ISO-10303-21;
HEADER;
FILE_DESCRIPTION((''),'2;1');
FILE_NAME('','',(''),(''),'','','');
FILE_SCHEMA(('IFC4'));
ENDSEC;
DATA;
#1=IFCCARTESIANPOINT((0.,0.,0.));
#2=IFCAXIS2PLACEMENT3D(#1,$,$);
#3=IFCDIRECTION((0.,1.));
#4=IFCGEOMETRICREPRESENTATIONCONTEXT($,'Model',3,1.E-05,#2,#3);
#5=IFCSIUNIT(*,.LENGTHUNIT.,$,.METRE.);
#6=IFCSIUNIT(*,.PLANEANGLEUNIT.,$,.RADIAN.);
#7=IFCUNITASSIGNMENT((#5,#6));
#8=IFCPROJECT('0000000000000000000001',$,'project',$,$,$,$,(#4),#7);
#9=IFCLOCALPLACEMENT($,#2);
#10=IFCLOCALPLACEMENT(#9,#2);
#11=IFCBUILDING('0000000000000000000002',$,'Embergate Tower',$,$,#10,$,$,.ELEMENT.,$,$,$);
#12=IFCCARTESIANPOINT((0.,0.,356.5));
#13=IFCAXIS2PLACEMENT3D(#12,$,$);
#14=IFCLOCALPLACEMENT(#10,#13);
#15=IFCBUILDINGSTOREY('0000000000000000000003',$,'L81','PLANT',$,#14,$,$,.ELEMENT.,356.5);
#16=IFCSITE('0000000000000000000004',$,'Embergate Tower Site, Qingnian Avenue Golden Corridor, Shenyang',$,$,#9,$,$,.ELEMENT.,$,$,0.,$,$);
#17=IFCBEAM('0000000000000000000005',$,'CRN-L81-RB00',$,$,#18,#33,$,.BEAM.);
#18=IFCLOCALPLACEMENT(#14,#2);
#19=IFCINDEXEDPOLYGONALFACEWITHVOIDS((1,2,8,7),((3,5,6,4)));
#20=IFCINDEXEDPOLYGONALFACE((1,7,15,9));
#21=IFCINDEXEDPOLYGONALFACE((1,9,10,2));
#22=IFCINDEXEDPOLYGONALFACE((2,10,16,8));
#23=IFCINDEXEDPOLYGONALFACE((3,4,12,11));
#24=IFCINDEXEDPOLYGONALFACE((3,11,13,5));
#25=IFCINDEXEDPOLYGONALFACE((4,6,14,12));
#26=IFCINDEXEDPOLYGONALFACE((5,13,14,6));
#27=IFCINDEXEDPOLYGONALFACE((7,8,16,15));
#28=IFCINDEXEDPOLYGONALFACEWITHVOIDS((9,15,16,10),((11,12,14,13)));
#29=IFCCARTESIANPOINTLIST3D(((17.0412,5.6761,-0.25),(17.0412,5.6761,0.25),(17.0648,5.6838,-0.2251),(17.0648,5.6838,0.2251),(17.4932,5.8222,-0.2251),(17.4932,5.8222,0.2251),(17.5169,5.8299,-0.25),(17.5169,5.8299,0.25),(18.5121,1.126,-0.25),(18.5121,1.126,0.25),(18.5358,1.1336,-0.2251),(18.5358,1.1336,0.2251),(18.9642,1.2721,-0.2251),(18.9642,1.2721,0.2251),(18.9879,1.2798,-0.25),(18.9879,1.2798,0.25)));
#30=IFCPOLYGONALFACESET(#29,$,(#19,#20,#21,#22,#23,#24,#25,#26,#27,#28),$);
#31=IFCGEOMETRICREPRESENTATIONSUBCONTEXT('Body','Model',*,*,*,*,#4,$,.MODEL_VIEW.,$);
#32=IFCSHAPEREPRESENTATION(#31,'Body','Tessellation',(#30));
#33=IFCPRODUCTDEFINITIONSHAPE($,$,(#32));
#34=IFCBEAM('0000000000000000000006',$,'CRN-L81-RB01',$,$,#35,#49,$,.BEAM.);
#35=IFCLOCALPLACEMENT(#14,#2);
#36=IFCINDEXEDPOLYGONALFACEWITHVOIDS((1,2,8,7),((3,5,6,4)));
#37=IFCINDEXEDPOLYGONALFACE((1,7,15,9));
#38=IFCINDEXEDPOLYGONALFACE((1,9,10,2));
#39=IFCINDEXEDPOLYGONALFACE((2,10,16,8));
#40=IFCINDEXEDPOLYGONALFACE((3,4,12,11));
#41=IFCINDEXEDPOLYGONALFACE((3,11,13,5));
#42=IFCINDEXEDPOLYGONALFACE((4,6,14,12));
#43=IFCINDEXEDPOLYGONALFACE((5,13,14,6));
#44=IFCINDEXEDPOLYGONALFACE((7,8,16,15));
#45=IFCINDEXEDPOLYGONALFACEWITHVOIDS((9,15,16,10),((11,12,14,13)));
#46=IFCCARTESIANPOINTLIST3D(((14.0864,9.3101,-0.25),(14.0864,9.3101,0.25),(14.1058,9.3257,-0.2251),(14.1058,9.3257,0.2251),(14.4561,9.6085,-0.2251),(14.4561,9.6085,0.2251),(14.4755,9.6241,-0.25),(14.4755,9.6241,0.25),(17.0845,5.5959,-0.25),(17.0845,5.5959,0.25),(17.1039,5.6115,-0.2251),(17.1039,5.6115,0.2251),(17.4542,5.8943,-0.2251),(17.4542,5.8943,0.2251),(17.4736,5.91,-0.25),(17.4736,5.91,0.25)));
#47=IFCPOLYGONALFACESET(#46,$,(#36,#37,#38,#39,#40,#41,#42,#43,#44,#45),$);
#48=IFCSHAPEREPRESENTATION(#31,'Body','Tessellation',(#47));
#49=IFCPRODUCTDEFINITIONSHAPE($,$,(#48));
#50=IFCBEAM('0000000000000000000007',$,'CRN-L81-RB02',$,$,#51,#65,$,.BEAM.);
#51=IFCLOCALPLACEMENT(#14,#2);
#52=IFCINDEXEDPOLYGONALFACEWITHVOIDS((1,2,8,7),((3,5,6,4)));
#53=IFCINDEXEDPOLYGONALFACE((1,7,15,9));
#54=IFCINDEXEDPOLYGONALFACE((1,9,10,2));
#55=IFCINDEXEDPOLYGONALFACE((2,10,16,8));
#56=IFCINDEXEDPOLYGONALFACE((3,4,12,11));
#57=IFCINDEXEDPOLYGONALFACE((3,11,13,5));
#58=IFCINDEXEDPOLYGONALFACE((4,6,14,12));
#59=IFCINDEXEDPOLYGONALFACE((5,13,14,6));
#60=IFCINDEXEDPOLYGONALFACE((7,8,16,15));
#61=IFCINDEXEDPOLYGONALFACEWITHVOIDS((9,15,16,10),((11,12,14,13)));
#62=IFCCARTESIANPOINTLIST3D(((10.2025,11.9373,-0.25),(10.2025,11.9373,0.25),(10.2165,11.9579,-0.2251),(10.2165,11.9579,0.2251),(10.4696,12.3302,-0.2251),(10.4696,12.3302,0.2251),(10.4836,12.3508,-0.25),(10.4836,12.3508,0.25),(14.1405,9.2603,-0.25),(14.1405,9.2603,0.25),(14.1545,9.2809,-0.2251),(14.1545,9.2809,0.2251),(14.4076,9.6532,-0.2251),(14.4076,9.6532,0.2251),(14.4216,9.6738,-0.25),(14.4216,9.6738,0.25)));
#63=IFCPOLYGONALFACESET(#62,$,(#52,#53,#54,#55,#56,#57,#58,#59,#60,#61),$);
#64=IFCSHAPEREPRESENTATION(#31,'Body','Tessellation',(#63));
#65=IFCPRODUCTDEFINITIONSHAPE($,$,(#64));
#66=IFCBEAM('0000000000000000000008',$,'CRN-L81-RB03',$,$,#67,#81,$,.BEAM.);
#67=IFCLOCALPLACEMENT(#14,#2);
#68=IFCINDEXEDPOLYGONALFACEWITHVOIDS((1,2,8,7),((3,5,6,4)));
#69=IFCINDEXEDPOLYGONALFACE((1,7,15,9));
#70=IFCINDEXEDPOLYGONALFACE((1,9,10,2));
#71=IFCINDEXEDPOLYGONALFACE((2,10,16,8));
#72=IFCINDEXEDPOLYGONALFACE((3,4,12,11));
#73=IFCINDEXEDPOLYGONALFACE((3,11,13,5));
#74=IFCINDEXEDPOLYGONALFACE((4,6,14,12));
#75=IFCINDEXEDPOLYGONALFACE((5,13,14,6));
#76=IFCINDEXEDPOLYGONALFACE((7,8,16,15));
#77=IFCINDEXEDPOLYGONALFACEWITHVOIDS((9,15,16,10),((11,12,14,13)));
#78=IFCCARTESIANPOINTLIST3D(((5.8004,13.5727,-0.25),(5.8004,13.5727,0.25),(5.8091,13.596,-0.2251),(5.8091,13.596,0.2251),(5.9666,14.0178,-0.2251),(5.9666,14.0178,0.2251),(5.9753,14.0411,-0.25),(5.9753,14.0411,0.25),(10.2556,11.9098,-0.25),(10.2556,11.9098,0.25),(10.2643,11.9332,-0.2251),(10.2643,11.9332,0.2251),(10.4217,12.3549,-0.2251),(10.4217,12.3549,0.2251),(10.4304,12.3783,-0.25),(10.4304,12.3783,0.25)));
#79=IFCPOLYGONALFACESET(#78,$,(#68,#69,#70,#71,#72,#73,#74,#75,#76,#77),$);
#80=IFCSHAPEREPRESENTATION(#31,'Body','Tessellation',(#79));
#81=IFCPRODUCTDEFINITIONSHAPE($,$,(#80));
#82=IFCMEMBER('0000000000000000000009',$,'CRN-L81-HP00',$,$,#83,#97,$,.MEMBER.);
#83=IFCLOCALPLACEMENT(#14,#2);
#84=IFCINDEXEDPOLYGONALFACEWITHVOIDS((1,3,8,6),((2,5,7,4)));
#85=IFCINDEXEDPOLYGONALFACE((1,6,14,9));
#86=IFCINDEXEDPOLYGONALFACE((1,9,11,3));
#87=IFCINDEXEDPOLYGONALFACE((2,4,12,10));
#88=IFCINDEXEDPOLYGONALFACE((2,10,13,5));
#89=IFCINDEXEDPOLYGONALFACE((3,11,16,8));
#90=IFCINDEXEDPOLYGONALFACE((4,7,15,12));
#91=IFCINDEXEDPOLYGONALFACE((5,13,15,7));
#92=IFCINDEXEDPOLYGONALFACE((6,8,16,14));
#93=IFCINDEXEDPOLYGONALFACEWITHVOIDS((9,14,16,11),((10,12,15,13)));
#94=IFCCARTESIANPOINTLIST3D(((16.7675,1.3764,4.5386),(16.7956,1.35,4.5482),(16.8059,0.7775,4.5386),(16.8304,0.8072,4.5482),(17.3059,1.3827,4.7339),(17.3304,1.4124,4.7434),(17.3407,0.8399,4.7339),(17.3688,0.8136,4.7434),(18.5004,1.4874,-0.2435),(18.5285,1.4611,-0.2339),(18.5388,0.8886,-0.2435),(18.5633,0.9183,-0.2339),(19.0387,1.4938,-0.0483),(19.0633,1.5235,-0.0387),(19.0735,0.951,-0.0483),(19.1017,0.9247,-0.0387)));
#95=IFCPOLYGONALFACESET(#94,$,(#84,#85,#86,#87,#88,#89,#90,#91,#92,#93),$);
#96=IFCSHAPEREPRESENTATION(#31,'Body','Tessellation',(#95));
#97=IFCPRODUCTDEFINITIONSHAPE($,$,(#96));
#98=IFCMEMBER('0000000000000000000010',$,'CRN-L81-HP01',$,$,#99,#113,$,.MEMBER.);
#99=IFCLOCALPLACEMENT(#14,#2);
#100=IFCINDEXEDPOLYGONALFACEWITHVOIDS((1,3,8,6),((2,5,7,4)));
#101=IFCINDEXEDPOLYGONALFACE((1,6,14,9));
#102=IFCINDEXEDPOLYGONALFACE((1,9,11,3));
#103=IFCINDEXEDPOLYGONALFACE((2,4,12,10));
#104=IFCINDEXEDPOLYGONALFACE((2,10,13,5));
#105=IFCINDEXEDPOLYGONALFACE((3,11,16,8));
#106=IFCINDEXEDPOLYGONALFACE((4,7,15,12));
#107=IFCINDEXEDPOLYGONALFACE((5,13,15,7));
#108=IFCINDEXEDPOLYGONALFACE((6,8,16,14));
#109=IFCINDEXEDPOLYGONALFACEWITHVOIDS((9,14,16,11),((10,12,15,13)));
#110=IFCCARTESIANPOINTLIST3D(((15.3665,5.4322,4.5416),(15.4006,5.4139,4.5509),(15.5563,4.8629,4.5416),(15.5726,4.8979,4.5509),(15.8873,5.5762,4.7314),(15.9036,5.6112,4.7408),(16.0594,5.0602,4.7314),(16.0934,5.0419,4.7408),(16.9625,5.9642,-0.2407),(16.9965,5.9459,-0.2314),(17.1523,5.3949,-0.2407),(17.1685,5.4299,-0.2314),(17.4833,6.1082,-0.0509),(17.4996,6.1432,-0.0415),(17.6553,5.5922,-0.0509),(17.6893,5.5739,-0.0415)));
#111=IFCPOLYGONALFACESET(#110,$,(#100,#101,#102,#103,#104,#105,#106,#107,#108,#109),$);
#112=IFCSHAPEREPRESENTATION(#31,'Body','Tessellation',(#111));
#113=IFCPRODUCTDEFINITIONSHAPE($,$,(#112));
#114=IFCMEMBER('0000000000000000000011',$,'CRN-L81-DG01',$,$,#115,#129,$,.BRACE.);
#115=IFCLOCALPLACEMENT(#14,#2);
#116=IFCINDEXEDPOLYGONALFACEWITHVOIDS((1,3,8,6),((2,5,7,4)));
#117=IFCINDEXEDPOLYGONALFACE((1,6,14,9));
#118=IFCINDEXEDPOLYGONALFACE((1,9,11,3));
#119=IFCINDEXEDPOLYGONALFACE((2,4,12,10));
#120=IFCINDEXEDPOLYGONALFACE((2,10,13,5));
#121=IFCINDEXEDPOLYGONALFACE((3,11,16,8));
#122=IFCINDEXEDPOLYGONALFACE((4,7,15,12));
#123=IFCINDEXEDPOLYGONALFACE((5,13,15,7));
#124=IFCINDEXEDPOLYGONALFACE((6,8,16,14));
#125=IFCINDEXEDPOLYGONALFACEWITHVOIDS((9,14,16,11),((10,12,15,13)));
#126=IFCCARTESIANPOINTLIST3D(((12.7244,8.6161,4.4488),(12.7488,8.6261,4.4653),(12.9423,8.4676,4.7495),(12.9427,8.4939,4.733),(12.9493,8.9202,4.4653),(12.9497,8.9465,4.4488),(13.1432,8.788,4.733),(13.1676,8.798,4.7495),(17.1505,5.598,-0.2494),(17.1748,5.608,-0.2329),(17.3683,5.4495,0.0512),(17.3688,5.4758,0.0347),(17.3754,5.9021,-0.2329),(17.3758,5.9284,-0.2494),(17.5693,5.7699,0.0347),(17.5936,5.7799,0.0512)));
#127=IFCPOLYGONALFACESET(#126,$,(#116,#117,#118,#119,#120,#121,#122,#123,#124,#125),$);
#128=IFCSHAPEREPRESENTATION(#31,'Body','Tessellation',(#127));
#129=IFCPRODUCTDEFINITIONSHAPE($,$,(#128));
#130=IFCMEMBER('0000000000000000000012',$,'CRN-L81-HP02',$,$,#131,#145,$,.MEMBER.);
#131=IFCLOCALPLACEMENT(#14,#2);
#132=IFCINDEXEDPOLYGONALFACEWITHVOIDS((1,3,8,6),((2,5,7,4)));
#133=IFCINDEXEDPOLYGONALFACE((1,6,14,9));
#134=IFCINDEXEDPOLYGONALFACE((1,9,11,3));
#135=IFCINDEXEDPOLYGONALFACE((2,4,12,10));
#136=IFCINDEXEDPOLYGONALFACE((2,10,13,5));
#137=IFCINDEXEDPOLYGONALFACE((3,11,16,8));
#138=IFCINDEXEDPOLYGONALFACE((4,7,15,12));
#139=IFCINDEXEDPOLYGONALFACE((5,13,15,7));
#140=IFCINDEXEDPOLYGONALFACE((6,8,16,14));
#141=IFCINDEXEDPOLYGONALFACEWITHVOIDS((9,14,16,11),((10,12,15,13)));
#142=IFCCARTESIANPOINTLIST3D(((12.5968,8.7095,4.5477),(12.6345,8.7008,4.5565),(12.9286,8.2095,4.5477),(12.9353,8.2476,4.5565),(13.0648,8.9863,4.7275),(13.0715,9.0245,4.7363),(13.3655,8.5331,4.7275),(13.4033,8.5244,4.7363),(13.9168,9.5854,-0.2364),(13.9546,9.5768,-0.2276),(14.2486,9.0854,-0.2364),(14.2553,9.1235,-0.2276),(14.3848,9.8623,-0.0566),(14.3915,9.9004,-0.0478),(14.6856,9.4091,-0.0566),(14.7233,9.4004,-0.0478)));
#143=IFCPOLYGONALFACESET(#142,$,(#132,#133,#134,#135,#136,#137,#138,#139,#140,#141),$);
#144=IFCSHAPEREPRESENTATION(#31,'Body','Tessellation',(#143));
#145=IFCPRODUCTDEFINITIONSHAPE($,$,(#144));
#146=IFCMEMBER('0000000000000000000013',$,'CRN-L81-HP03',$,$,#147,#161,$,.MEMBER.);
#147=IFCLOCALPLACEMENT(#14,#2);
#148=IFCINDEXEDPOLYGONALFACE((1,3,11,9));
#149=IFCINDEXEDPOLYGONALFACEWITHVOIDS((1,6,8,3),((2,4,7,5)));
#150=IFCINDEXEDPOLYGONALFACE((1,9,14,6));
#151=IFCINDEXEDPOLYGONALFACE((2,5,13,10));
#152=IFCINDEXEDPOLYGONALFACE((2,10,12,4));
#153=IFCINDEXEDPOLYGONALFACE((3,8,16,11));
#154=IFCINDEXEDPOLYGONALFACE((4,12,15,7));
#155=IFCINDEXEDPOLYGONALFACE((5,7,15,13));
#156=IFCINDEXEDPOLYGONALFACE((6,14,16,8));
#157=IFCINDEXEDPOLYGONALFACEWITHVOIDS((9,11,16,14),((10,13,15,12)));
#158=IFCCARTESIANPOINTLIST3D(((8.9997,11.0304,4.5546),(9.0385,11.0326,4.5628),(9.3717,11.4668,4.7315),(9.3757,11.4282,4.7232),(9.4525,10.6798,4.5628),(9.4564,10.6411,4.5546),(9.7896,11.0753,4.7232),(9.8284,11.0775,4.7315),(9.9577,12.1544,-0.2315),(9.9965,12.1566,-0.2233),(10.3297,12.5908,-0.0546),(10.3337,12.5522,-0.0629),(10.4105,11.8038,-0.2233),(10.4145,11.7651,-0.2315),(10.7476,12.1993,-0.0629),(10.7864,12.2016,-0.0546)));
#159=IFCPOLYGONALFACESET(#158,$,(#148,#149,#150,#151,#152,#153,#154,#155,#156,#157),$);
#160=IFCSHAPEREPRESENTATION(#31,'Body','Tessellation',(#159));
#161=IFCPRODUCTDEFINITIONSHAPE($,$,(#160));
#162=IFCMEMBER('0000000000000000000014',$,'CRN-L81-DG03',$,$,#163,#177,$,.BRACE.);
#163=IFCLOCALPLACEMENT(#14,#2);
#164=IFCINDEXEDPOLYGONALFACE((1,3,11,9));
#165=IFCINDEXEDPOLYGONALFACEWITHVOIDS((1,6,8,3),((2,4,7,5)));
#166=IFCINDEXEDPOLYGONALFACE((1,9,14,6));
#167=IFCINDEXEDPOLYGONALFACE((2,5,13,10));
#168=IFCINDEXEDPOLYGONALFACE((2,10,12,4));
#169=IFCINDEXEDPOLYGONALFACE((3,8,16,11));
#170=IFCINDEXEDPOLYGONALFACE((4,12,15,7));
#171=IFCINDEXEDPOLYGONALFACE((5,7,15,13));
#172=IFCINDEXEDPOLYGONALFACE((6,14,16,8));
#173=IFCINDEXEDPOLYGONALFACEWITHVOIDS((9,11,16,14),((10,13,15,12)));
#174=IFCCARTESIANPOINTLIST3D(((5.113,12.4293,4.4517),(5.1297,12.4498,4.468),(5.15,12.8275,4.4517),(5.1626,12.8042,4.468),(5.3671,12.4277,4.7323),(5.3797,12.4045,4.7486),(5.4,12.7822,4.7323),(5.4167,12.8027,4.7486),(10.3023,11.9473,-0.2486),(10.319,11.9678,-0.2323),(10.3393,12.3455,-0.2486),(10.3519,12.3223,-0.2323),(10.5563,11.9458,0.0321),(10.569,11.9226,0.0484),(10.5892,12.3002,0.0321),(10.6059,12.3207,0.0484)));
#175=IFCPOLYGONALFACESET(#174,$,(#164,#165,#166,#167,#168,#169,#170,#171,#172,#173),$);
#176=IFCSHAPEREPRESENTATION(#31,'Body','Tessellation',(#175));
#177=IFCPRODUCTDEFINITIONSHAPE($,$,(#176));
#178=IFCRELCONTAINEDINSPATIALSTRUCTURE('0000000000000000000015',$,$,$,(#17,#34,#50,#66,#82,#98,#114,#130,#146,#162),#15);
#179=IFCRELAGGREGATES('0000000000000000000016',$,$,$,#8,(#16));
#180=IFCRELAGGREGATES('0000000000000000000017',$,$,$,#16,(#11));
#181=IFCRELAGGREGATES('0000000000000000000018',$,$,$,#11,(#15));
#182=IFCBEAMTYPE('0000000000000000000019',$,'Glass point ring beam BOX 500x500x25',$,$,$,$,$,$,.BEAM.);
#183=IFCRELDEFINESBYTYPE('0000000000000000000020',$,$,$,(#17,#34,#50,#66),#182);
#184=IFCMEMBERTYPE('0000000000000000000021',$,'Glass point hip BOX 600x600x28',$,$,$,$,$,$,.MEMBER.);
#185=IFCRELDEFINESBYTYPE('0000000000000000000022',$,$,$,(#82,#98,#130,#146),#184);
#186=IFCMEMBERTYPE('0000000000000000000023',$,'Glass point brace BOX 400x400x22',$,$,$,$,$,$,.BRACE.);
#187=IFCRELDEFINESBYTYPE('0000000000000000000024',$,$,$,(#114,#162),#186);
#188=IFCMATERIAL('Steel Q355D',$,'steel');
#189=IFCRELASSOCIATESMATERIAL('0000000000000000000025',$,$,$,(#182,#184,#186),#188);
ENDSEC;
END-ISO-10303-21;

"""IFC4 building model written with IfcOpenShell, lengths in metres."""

from ifc_helpers import new_model, si_unit, direction, frame, origin, origin_2d, place, context, subcontext, project, spatial, hollow_rectangle, extrude, source, transform, mapped, material, material_profile, profile_set, type_object, element, save


model = new_model("IFC4")

# Units and contexts
model_context = context("Model", 3, precision=1e-05, world=origin(), true_north=direction((0.0, 1.0)))
body_context = subcontext(model_context, "Body", "Model", "MODEL_VIEW")
ifc_project = project(units=[si_unit("LENGTHUNIT", "METRE"), si_unit("PLANEANGLEUNIT", "RADIAN")], contexts=[model_context])

# Site, building, storey
site_placement = place(None, origin())
site = spatial("IfcSite", under=ifc_project, at=site_placement, Name="Embergate Tower Site, Qingnian Avenue Golden Corridor, Shenyang", CompositionType="ELEMENT", RefElevation=0.0)
building_placement = place(site_placement, origin())
building = spatial("IfcBuilding", under=site, at=building_placement, Name="Embergate Tower", CompositionType="ELEMENT")
storey_placement = place(building_placement, frame((0.0, 0.0, 356.5)))
storey = spatial("IfcBuildingStorey", under=building, at=storey_placement, Name="L81", Description="PLANT", CompositionType="ELEMENT", Elevation=356.5)

# Beams
ifc_material_1 = material(Name="Steel Q355D", Category="steel")
ifc_material_profile_1 = material_profile(ifc_material_1, hollow_rectangle(XDim=0.5, YDim=0.5, WallThickness=0.0249, at=origin_2d()), Name="BOX 500x500x25")
ifc_profile_set_1 = profile_set([ifc_material_profile_1], Name="Steel Q355 grade D")
beam_type = type_object("IfcBeamType", Name="Glass point ring beam BOX 500x500x25", PredefinedType="BEAM", material=ifc_profile_set_1)
shared_shape_1 = source(origin(), body_context, "Body", "SweptSolid", [
    extrude(hollow_rectangle(XDim=0.5, YDim=0.5, WallThickness=0.0249, at=origin_2d()), origin(), (0.0, 0.0, 1.0), 4.782),
])
beam_1_placement = place(storey_placement, frame((18.75, 1.2029, 0.0), z_axis=(-0.307607, 0.951514, 0.0), x_axis=(-0.951514, -0.307607, 0.0)))
element("IfcBeam", 1, at=beam_1_placement, inside=storey, type_object=beam_type, Name="CRN-L81-RB00", PredefinedType="BEAM", context=body_context, shape_type="MappedRepresentation", body=[
    mapped(shared_shape_1, transform((0.0, 0.0, 0.0))),
])
shared_shape_2 = source(origin(), body_context, "Body", "SweptSolid", [
    extrude(hollow_rectangle(XDim=0.5, YDim=0.5, WallThickness=0.0249, at=origin_2d()), origin(), (0.0, 0.0, 1.0), 4.7732),
])
beam_2_placement = place(storey_placement, frame((17.2791, 5.7529, 0.0), z_axis=(-0.628107, 0.778127, 0.0), x_axis=(-0.778127, -0.628107, 0.0)))
element("IfcBeam", 2, at=beam_2_placement, inside=storey, type_object=beam_type, Name="CRN-L81-RB01", PredefinedType="BEAM", context=body_context, shape_type="MappedRepresentation", body=[
    mapped(shared_shape_2, transform((0.0, 0.0, 0.0))),
])
shared_shape_3 = source(origin(), body_context, "Body", "SweptSolid", [
    extrude(hollow_rectangle(XDim=0.5, YDim=0.5, WallThickness=0.0249, at=origin_2d()), origin(), (0.0, 0.0, 1.0), 4.7617),
])
beam_3_placement = place(storey_placement, frame((14.281, 9.467, 0.0), z_axis=(-0.827008, 0.562191, 0.0), x_axis=(-0.562191, -0.827008, 0.0)))
element("IfcBeam", 3, at=beam_3_placement, inside=storey, type_object=beam_type, Name="CRN-L81-RB02", PredefinedType="BEAM", context=body_context, shape_type="MappedRepresentation", body=[
    mapped(shared_shape_3, transform((0.0, 0.0, 0.0))),
])
shared_shape_4 = source(origin(), body_context, "Body", "SweptSolid", [
    extrude(hollow_rectangle(XDim=0.5, YDim=0.5, WallThickness=0.0249, at=origin_2d()), origin(), (0.0, 0.0, 1.0), 4.7554),
])
beam_4_placement = place(storey_placement, frame((10.343, 12.144, 0.0), z_axis=(-0.936868, 0.349683, 0.0), x_axis=(-0.349683, -0.936868, 0.0)))
element("IfcBeam", 4, at=beam_4_placement, inside=storey, type_object=beam_type, Name="CRN-L81-RB03", PredefinedType="BEAM", context=body_context, shape_type="MappedRepresentation", body=[
    mapped(shared_shape_4, transform((0.0, 0.0, 0.0))),
])

# Members
ifc_material_profile_2 = material_profile(ifc_material_1, hollow_rectangle(XDim=0.6001, YDim=0.6001, WallThickness=0.0281, at=origin_2d()), Name="BOX 600x600x28")
ifc_profile_set_2 = profile_set([ifc_material_profile_2], Name="Steel Q355 grade D")
member_type_1 = type_object("IfcMemberType", Name="Glass point hip BOX 600x600x28", PredefinedType="MEMBER", material=ifc_profile_set_2)
shared_shape_5 = source(origin(), body_context, "Body", "SweptSolid", [
    extrude(hollow_rectangle(XDim=0.6001, YDim=0.6001, WallThickness=0.0281, at=origin_2d()), origin(), (0.0, 0.0, 1.0), 5.0876),
])
member_1_placement = place(storey_placement, frame((18.801, 1.2061, -0.1411), z_axis=(-0.340606, -0.021834, 0.939953), x_axis=(0.063971, -0.997952, 0.0)))
element("IfcMember", 5, at=member_1_placement, inside=storey, type_object=member_type_1, Name="CRN-L81-HP00", PredefinedType="MEMBER", context=body_context, shape_type="MappedRepresentation", body=[
    mapped(shared_shape_5, transform((0.0, 0.0, 0.0))),
])
shared_shape_6 = source(origin(), body_context, "Body", "SweptSolid", [
    extrude(hollow_rectangle(XDim=0.6001, YDim=0.6001, WallThickness=0.0281, at=origin_2d()), origin(), (0.0, 0.0, 1.0), 5.0696),
])
member_2_placement = place(storey_placement, frame((17.3259, 5.769, -0.1411), z_axis=(-0.314814, -0.104938, 0.943335), x_axis=(0.316228, -0.948683, 0.0)))
element("IfcMember", 6, at=member_2_placement, inside=storey, type_object=member_type_1, Name="CRN-L81-HP01", PredefinedType="MEMBER", context=body_context, shape_type="MappedRepresentation", body=[
    mapped(shared_shape_6, transform((0.0, 0.0, 0.0))),
])
ifc_material_profile_3 = material_profile(ifc_material_1, hollow_rectangle(XDim=0.3999, YDim=0.3999, WallThickness=0.022, at=origin_2d()), Name="BOX 400x400x22")
ifc_profile_set_3 = profile_set([ifc_material_profile_3], Name="Steel Q355 grade D")
member_type_2 = type_object("IfcMemberType", Name="Glass point brace BOX 400x400x22", PredefinedType="BRACE", material=ifc_profile_set_3)
shared_shape_7 = source(origin(), body_context, "Body", "SweptSolid", [
    extrude(hollow_rectangle(XDim=0.3999, YDim=0.3999, WallThickness=0.022, at=origin_2d()), origin(), (0.0, 0.0, 1.0), 7.1255),
])
member_3_placement = place(storey_placement, frame((17.3721, 5.689, -0.0991), z_axis=(-0.621158, 0.423562, 0.659362), x_axis=(-0.563378, -0.826199, 0.0)))
element("IfcMember", 7, at=member_3_placement, inside=storey, type_object=member_type_2, Name="CRN-L81-DG01", PredefinedType="BRACE", context=body_context, shape_type="MappedRepresentation", body=[
    mapped(shared_shape_7, transform((0.0, 0.0, 0.0))),
])
shared_shape_8 = source(origin(), body_context, "Body", "SweptSolid", [
    extrude(hollow_rectangle(XDim=0.6001, YDim=0.6001, WallThickness=0.0281, at=origin_2d()), origin(), (0.0, 0.0, 1.0), 5.0396),
])
member_4_placement = place(storey_placement, frame((14.3201, 9.4929, -0.1421), z_axis=(-0.261935, -0.173816, 0.949304), x_axis=(0.552921, -0.833234, 0.0)))
element("IfcMember", 8, at=member_4_placement, inside=storey, type_object=member_type_1, Name="CRN-L81-HP02", PredefinedType="MEMBER", context=body_context, shape_type="MappedRepresentation", body=[
    mapped(shared_shape_8, transform((0.0, 0.0, 0.0))),
])
shared_shape_9 = source(origin(), body_context, "Body", "SweptSolid", [
    extrude(hollow_rectangle(XDim=0.6001, YDim=0.6001, WallThickness=0.0281, at=origin_2d()), origin(), (0.0, 0.0, 1.0), 5.0088),
])
member_5_placement = place(storey_placement, frame((10.3721, 12.178, -0.1431), z_axis=(-0.191264, -0.224409, 0.955541), x_axis=(0.761074, -0.648665, 0.0)))
element("IfcMember", 9, at=member_5_placement, inside=storey, type_object=member_type_1, Name="CRN-L81-HP03", PredefinedType="MEMBER", context=body_context, shape_type="MappedRepresentation", body=[
    mapped(shared_shape_9, transform((0.0, 0.0, 0.0))),
])
shared_shape_10 = source(origin(), body_context, "Body", "SweptSolid", [
    extrude(hollow_rectangle(XDim=0.3999, YDim=0.3999, WallThickness=0.022, at=origin_2d()), origin(), (0.0, 0.0, 1.0), 7.0181),
])
member_6_placement = place(storey_placement, frame((10.4541, 12.134, -0.1001), z_axis=(-0.739417, 0.068671, 0.669737), x_axis=(-0.092474, -0.995715, 0.0)))
element("IfcMember", 10, at=member_6_placement, inside=storey, type_object=member_type_2, Name="CRN-L81-DG03", PredefinedType="BRACE", context=body_context, shape_type="MappedRepresentation", body=[
    mapped(shared_shape_10, transform((0.0, 0.0, 0.0))),
])

save(model, "model.ifc")
